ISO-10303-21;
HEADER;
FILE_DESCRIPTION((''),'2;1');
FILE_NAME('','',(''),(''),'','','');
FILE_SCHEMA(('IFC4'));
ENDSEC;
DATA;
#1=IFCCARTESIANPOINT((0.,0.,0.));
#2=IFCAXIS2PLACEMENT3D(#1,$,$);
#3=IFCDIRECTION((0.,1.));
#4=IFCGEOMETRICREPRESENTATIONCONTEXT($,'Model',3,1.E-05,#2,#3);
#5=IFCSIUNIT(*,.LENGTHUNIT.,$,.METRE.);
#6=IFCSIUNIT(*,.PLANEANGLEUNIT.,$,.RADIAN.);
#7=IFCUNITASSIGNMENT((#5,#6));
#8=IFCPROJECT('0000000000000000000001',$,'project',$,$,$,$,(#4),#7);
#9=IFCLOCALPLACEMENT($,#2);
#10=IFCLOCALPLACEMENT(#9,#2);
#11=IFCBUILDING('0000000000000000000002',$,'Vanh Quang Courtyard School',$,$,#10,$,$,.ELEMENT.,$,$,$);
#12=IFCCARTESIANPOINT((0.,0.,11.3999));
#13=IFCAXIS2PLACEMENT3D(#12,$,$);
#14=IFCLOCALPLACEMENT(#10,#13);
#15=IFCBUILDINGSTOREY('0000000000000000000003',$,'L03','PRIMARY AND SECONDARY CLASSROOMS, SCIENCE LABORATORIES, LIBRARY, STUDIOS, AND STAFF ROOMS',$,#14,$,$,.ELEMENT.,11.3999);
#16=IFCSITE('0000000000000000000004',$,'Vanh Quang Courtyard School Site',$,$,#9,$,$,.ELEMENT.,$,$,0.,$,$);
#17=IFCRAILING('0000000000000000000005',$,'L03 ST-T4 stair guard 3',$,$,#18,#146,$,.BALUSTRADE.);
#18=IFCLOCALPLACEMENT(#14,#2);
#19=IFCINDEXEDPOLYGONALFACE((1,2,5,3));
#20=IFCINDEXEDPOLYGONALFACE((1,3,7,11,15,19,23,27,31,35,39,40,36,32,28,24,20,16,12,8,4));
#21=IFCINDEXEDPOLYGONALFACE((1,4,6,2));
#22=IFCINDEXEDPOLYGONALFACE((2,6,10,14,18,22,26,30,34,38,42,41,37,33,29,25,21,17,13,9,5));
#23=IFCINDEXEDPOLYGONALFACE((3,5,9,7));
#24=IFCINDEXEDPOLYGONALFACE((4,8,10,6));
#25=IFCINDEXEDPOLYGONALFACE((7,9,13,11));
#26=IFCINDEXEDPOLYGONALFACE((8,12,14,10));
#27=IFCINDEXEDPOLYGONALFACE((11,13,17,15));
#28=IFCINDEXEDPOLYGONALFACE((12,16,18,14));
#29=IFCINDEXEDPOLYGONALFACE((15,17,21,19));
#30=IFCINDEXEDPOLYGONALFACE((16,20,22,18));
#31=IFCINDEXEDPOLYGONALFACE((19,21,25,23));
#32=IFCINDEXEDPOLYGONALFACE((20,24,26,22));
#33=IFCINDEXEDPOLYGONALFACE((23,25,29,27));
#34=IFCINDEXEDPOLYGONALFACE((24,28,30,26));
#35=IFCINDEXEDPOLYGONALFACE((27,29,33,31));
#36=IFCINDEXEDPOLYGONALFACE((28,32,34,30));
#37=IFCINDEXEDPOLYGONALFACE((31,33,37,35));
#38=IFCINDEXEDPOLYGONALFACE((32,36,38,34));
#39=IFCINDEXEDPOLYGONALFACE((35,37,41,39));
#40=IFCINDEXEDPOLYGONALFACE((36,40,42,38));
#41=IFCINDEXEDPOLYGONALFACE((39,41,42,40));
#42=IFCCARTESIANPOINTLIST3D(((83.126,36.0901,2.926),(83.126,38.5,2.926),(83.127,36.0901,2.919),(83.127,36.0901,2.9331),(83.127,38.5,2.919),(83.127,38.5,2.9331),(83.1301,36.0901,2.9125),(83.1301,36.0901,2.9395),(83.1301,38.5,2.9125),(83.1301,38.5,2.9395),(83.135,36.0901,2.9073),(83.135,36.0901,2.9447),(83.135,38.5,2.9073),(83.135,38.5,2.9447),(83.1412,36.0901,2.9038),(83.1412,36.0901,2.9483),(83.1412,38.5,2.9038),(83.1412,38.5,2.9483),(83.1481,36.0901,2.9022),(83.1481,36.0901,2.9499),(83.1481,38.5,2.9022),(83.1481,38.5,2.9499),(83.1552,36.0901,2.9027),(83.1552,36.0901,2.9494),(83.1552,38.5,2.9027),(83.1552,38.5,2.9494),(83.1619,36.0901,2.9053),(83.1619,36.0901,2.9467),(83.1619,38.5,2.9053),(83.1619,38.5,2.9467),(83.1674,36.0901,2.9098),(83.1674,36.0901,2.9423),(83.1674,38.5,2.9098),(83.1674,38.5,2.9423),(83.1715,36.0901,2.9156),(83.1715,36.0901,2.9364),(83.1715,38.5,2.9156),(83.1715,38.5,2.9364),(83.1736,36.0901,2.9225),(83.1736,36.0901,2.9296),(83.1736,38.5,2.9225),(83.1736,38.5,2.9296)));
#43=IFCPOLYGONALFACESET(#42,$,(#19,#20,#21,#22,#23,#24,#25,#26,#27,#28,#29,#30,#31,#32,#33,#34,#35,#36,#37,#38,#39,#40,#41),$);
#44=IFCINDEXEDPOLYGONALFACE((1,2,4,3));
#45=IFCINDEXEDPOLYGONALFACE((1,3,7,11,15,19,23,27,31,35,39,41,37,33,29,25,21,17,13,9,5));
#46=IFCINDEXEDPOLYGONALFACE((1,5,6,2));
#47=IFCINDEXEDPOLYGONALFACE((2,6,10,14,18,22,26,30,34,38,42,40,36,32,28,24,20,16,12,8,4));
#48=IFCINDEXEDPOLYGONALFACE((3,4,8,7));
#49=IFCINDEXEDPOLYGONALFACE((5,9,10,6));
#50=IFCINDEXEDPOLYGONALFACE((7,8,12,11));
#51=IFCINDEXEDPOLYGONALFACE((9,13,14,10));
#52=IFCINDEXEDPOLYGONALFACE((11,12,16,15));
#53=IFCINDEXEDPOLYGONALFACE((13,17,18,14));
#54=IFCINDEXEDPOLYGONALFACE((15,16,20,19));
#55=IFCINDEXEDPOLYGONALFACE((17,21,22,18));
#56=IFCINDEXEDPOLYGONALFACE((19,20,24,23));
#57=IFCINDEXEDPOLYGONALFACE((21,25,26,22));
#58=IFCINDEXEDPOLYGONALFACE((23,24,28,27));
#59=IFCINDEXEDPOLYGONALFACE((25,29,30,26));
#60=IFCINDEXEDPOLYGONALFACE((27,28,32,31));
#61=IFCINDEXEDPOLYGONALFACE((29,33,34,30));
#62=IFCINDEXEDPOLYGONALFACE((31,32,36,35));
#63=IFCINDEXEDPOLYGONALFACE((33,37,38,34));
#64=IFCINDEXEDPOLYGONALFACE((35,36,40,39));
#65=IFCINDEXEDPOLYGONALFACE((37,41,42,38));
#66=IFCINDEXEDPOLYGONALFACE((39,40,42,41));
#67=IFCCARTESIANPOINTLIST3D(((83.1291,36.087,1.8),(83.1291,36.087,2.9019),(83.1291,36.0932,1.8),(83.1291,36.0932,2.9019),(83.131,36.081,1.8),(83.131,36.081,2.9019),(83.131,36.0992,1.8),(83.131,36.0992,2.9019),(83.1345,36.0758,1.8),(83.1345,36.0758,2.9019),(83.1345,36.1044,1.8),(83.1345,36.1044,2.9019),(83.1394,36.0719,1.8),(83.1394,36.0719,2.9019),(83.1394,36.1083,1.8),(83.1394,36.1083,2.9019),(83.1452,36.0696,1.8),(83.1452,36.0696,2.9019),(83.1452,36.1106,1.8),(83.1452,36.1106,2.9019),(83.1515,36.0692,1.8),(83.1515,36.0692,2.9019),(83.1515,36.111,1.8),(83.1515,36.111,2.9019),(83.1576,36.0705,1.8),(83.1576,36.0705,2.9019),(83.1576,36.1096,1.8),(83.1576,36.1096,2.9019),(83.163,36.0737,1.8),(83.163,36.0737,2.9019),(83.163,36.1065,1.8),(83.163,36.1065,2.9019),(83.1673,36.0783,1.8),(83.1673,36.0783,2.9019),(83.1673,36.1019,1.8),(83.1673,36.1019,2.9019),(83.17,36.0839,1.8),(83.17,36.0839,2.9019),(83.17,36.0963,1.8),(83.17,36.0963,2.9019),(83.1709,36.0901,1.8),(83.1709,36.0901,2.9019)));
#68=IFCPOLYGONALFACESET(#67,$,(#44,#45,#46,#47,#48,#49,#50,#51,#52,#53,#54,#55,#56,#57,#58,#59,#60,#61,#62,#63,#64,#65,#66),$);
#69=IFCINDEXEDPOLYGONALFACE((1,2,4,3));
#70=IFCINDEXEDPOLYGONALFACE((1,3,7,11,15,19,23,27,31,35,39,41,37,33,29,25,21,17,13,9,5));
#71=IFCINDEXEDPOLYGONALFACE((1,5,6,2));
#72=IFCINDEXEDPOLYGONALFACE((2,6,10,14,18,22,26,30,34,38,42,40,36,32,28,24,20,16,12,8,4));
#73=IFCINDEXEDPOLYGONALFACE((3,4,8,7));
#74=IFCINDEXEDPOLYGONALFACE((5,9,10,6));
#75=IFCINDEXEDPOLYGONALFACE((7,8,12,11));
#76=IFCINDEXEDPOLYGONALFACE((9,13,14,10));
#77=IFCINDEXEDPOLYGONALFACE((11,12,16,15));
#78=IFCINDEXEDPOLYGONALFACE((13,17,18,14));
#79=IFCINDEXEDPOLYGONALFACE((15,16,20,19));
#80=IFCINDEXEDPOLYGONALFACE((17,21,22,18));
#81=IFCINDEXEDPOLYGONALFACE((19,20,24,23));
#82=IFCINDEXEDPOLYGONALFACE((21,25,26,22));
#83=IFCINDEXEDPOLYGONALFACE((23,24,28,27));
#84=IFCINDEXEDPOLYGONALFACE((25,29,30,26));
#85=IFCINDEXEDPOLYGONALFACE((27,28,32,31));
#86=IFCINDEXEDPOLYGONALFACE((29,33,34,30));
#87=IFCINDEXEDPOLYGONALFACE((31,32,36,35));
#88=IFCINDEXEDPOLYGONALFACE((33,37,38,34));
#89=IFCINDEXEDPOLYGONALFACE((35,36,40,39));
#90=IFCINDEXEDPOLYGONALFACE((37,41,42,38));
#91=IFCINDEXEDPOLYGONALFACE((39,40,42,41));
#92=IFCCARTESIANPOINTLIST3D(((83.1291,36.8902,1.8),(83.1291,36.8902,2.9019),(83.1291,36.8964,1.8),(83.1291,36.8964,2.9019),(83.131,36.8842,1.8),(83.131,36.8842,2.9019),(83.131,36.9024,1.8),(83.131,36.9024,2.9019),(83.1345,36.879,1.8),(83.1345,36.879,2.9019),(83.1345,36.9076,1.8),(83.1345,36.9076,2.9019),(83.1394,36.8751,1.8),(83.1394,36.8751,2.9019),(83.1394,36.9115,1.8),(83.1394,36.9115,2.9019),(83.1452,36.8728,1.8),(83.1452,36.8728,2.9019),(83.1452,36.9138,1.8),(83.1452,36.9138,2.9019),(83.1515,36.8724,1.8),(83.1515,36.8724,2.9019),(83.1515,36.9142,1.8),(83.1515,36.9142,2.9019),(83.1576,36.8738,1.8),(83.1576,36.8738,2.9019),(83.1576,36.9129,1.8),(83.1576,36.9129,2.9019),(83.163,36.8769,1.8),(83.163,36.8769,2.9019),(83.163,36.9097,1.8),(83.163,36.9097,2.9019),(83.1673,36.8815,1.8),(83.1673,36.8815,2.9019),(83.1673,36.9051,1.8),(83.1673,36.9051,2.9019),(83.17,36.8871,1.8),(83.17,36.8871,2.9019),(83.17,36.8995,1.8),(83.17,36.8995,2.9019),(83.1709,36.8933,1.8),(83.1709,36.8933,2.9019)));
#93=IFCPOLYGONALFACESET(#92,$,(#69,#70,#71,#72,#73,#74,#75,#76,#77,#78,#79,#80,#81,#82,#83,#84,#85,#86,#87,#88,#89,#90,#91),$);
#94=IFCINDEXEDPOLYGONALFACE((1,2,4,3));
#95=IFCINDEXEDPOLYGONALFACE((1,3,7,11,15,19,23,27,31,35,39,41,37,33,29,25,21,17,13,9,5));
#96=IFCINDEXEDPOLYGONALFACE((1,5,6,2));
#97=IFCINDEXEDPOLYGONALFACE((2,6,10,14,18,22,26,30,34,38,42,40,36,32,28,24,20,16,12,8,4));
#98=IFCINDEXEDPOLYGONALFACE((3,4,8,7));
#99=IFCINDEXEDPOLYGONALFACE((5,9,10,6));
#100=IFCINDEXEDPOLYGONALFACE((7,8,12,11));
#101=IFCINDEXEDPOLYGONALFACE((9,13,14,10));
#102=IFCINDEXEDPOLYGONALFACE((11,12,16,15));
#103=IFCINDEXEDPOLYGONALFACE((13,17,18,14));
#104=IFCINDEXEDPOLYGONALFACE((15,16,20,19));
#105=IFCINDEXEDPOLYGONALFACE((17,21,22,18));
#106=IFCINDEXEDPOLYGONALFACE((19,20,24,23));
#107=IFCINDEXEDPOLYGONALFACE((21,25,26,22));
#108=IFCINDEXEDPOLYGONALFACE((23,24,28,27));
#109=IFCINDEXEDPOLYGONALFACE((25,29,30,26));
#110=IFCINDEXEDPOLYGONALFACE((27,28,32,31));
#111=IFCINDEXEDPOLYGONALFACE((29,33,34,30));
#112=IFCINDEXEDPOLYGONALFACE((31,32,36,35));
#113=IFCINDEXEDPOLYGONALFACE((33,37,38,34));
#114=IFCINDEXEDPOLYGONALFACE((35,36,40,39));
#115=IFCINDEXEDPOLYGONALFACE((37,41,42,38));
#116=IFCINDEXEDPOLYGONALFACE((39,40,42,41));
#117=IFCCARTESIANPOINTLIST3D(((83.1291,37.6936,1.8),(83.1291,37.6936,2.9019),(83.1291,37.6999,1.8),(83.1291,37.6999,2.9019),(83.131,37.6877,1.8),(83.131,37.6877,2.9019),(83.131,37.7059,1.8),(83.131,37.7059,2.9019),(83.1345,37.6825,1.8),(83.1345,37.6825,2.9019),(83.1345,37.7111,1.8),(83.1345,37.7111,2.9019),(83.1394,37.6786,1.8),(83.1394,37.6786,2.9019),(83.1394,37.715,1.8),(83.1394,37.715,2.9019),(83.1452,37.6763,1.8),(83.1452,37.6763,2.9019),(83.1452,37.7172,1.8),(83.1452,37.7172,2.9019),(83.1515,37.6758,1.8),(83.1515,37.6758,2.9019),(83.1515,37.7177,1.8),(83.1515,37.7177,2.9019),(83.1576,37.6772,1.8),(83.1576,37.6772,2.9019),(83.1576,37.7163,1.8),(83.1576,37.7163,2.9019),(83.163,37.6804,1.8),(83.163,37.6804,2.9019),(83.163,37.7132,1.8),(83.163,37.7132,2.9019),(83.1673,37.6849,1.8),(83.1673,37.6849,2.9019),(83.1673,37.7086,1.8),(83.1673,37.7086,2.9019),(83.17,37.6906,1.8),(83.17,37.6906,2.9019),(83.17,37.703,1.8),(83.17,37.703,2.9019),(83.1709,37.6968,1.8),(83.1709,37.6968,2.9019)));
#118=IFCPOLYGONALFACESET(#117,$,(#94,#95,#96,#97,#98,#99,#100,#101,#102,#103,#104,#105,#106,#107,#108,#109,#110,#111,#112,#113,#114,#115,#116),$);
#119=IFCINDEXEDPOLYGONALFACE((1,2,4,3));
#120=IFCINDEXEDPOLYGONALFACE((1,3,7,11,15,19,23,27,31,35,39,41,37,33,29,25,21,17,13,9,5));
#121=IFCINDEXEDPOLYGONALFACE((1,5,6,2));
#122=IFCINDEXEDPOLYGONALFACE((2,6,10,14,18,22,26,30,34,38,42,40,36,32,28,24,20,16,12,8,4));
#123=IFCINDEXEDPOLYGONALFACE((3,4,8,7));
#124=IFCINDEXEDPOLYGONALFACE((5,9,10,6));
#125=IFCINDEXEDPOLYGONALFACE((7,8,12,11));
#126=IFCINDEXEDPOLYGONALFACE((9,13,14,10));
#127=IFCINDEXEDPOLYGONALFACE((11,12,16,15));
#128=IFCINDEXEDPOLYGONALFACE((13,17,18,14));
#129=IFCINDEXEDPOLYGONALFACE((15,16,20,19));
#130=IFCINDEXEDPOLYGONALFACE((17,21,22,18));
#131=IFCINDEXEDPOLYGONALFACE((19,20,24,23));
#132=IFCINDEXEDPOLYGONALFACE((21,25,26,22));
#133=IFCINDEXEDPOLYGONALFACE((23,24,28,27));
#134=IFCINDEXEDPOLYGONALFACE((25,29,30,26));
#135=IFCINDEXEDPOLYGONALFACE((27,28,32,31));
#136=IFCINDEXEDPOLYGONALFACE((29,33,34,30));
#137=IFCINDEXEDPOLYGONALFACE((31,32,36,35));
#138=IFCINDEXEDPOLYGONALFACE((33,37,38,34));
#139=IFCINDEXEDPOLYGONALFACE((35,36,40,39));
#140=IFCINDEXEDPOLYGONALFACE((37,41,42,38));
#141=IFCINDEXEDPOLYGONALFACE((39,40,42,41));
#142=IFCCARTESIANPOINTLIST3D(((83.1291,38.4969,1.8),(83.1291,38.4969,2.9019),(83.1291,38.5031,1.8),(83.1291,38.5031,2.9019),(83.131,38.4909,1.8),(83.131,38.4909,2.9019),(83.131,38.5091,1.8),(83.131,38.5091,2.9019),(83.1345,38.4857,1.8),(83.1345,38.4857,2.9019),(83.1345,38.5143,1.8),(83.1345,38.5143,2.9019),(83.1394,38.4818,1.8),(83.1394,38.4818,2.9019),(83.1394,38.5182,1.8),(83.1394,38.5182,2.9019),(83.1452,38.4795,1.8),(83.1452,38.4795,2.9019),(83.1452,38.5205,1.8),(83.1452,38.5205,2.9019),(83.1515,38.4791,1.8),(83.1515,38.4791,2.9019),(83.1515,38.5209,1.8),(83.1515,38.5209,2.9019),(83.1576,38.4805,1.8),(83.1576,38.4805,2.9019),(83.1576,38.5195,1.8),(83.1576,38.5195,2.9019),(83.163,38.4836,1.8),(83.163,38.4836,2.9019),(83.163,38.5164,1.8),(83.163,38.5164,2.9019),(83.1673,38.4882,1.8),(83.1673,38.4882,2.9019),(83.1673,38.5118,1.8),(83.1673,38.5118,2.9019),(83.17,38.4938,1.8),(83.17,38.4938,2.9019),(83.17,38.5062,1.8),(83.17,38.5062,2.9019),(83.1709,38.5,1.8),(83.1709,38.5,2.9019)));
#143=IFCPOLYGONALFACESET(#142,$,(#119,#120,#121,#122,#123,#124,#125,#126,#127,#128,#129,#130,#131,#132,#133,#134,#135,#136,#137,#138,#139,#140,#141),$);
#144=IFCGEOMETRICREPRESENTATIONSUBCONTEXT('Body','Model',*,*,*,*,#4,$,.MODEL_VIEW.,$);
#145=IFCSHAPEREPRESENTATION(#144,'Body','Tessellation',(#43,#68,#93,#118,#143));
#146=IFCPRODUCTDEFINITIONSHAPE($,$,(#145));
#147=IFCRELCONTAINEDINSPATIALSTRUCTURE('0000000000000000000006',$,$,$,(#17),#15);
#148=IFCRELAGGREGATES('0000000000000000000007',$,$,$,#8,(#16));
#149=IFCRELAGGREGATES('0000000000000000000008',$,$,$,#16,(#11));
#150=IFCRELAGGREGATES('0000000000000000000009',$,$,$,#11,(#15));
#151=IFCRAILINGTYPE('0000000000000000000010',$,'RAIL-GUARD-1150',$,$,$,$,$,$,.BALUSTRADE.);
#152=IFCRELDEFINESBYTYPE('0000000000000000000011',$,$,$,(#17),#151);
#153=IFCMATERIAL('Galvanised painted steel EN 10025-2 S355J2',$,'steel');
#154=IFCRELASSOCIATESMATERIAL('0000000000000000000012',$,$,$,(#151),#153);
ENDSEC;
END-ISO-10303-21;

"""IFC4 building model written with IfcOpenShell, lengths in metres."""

from ifc_helpers import new_model, si_unit, direction, frame, origin, origin_2d, place, context, subcontext, project, spatial, circle, extrude, material, type_object, element, save


model = new_model("IFC4")

# Units and contexts
model_context = context("Model", 3, precision=1e-05, world=origin(), true_north=direction((0.0, 1.0)))
body_context = subcontext(model_context, "Body", "Model", "MODEL_VIEW")
ifc_project = project(units=[si_unit("LENGTHUNIT", "METRE"), si_unit("PLANEANGLEUNIT", "RADIAN")], contexts=[model_context])

# Site, building, storey
site_placement = place(None, origin())
site = spatial("IfcSite", under=ifc_project, at=site_placement, Name="Vanh Quang Courtyard School Site", CompositionType="ELEMENT", RefElevation=0.0)
building_placement = place(site_placement, origin())
building = spatial("IfcBuilding", under=site, at=building_placement, Name="Vanh Quang Courtyard School", CompositionType="ELEMENT")
storey_placement = place(building_placement, frame((0.0, 0.0, 11.3999)))
storey = spatial("IfcBuildingStorey", under=building, at=storey_placement, Name="L03", Description="PRIMARY AND SECONDARY CLASSROOMS, SCIENCE LABORATORIES, LIBRARY, STUDIOS, AND STAFF ROOMS", CompositionType="ELEMENT", Elevation=11.3999)

# Railing
ifc_material_1 = material(Name="Galvanised painted steel EN 10025-2 S355J2", Category="steel")
railing_type_1 = type_object("IfcRailingType", Name="RAIL-GUARD-1150", PredefinedType="BALUSTRADE", material=ifc_material_1)
for number, where, name in (
    (1, (83.1499, 36.0901, 1.8), "L03 ST-T4 stair guard 3"),
):
    element("IfcRailing", number, at=place(storey_placement, frame(where)), inside=storey, type_object=railing_type_1, Name=name, PredefinedType="BALUSTRADE", context=body_context, shape_type="SweptSolid", body=[
        extrude(circle(Radius=0.0239, at=origin_2d()), frame((0.0, 0.0, 1.126), z_axis=(0.0, 1.0, 0.0), x_axis=(-1.0, 0.0, 0.0)), (0.0, 0.0, 1.0), 2.4099),
        extrude(circle(Radius=0.021, at=origin_2d()), origin(), (0.0, 0.0, 1.0), 1.1018),
        extrude(circle(Radius=0.021, at=origin_2d()), frame((0.0, 0.8032, 0.0)), (0.0, 0.0, 1.0), 1.1018),
        extrude(circle(Radius=0.021, at=origin_2d()), frame((0.0, 1.6067, 0.0)), (0.0, 0.0, 1.0), 1.1018),
        extrude(circle(Radius=0.021, at=origin_2d()), frame((0.0, 2.4099, 0.0)), (0.0, 0.0, 1.0), 1.1018),
    ])

save(model, "model.ifc")
